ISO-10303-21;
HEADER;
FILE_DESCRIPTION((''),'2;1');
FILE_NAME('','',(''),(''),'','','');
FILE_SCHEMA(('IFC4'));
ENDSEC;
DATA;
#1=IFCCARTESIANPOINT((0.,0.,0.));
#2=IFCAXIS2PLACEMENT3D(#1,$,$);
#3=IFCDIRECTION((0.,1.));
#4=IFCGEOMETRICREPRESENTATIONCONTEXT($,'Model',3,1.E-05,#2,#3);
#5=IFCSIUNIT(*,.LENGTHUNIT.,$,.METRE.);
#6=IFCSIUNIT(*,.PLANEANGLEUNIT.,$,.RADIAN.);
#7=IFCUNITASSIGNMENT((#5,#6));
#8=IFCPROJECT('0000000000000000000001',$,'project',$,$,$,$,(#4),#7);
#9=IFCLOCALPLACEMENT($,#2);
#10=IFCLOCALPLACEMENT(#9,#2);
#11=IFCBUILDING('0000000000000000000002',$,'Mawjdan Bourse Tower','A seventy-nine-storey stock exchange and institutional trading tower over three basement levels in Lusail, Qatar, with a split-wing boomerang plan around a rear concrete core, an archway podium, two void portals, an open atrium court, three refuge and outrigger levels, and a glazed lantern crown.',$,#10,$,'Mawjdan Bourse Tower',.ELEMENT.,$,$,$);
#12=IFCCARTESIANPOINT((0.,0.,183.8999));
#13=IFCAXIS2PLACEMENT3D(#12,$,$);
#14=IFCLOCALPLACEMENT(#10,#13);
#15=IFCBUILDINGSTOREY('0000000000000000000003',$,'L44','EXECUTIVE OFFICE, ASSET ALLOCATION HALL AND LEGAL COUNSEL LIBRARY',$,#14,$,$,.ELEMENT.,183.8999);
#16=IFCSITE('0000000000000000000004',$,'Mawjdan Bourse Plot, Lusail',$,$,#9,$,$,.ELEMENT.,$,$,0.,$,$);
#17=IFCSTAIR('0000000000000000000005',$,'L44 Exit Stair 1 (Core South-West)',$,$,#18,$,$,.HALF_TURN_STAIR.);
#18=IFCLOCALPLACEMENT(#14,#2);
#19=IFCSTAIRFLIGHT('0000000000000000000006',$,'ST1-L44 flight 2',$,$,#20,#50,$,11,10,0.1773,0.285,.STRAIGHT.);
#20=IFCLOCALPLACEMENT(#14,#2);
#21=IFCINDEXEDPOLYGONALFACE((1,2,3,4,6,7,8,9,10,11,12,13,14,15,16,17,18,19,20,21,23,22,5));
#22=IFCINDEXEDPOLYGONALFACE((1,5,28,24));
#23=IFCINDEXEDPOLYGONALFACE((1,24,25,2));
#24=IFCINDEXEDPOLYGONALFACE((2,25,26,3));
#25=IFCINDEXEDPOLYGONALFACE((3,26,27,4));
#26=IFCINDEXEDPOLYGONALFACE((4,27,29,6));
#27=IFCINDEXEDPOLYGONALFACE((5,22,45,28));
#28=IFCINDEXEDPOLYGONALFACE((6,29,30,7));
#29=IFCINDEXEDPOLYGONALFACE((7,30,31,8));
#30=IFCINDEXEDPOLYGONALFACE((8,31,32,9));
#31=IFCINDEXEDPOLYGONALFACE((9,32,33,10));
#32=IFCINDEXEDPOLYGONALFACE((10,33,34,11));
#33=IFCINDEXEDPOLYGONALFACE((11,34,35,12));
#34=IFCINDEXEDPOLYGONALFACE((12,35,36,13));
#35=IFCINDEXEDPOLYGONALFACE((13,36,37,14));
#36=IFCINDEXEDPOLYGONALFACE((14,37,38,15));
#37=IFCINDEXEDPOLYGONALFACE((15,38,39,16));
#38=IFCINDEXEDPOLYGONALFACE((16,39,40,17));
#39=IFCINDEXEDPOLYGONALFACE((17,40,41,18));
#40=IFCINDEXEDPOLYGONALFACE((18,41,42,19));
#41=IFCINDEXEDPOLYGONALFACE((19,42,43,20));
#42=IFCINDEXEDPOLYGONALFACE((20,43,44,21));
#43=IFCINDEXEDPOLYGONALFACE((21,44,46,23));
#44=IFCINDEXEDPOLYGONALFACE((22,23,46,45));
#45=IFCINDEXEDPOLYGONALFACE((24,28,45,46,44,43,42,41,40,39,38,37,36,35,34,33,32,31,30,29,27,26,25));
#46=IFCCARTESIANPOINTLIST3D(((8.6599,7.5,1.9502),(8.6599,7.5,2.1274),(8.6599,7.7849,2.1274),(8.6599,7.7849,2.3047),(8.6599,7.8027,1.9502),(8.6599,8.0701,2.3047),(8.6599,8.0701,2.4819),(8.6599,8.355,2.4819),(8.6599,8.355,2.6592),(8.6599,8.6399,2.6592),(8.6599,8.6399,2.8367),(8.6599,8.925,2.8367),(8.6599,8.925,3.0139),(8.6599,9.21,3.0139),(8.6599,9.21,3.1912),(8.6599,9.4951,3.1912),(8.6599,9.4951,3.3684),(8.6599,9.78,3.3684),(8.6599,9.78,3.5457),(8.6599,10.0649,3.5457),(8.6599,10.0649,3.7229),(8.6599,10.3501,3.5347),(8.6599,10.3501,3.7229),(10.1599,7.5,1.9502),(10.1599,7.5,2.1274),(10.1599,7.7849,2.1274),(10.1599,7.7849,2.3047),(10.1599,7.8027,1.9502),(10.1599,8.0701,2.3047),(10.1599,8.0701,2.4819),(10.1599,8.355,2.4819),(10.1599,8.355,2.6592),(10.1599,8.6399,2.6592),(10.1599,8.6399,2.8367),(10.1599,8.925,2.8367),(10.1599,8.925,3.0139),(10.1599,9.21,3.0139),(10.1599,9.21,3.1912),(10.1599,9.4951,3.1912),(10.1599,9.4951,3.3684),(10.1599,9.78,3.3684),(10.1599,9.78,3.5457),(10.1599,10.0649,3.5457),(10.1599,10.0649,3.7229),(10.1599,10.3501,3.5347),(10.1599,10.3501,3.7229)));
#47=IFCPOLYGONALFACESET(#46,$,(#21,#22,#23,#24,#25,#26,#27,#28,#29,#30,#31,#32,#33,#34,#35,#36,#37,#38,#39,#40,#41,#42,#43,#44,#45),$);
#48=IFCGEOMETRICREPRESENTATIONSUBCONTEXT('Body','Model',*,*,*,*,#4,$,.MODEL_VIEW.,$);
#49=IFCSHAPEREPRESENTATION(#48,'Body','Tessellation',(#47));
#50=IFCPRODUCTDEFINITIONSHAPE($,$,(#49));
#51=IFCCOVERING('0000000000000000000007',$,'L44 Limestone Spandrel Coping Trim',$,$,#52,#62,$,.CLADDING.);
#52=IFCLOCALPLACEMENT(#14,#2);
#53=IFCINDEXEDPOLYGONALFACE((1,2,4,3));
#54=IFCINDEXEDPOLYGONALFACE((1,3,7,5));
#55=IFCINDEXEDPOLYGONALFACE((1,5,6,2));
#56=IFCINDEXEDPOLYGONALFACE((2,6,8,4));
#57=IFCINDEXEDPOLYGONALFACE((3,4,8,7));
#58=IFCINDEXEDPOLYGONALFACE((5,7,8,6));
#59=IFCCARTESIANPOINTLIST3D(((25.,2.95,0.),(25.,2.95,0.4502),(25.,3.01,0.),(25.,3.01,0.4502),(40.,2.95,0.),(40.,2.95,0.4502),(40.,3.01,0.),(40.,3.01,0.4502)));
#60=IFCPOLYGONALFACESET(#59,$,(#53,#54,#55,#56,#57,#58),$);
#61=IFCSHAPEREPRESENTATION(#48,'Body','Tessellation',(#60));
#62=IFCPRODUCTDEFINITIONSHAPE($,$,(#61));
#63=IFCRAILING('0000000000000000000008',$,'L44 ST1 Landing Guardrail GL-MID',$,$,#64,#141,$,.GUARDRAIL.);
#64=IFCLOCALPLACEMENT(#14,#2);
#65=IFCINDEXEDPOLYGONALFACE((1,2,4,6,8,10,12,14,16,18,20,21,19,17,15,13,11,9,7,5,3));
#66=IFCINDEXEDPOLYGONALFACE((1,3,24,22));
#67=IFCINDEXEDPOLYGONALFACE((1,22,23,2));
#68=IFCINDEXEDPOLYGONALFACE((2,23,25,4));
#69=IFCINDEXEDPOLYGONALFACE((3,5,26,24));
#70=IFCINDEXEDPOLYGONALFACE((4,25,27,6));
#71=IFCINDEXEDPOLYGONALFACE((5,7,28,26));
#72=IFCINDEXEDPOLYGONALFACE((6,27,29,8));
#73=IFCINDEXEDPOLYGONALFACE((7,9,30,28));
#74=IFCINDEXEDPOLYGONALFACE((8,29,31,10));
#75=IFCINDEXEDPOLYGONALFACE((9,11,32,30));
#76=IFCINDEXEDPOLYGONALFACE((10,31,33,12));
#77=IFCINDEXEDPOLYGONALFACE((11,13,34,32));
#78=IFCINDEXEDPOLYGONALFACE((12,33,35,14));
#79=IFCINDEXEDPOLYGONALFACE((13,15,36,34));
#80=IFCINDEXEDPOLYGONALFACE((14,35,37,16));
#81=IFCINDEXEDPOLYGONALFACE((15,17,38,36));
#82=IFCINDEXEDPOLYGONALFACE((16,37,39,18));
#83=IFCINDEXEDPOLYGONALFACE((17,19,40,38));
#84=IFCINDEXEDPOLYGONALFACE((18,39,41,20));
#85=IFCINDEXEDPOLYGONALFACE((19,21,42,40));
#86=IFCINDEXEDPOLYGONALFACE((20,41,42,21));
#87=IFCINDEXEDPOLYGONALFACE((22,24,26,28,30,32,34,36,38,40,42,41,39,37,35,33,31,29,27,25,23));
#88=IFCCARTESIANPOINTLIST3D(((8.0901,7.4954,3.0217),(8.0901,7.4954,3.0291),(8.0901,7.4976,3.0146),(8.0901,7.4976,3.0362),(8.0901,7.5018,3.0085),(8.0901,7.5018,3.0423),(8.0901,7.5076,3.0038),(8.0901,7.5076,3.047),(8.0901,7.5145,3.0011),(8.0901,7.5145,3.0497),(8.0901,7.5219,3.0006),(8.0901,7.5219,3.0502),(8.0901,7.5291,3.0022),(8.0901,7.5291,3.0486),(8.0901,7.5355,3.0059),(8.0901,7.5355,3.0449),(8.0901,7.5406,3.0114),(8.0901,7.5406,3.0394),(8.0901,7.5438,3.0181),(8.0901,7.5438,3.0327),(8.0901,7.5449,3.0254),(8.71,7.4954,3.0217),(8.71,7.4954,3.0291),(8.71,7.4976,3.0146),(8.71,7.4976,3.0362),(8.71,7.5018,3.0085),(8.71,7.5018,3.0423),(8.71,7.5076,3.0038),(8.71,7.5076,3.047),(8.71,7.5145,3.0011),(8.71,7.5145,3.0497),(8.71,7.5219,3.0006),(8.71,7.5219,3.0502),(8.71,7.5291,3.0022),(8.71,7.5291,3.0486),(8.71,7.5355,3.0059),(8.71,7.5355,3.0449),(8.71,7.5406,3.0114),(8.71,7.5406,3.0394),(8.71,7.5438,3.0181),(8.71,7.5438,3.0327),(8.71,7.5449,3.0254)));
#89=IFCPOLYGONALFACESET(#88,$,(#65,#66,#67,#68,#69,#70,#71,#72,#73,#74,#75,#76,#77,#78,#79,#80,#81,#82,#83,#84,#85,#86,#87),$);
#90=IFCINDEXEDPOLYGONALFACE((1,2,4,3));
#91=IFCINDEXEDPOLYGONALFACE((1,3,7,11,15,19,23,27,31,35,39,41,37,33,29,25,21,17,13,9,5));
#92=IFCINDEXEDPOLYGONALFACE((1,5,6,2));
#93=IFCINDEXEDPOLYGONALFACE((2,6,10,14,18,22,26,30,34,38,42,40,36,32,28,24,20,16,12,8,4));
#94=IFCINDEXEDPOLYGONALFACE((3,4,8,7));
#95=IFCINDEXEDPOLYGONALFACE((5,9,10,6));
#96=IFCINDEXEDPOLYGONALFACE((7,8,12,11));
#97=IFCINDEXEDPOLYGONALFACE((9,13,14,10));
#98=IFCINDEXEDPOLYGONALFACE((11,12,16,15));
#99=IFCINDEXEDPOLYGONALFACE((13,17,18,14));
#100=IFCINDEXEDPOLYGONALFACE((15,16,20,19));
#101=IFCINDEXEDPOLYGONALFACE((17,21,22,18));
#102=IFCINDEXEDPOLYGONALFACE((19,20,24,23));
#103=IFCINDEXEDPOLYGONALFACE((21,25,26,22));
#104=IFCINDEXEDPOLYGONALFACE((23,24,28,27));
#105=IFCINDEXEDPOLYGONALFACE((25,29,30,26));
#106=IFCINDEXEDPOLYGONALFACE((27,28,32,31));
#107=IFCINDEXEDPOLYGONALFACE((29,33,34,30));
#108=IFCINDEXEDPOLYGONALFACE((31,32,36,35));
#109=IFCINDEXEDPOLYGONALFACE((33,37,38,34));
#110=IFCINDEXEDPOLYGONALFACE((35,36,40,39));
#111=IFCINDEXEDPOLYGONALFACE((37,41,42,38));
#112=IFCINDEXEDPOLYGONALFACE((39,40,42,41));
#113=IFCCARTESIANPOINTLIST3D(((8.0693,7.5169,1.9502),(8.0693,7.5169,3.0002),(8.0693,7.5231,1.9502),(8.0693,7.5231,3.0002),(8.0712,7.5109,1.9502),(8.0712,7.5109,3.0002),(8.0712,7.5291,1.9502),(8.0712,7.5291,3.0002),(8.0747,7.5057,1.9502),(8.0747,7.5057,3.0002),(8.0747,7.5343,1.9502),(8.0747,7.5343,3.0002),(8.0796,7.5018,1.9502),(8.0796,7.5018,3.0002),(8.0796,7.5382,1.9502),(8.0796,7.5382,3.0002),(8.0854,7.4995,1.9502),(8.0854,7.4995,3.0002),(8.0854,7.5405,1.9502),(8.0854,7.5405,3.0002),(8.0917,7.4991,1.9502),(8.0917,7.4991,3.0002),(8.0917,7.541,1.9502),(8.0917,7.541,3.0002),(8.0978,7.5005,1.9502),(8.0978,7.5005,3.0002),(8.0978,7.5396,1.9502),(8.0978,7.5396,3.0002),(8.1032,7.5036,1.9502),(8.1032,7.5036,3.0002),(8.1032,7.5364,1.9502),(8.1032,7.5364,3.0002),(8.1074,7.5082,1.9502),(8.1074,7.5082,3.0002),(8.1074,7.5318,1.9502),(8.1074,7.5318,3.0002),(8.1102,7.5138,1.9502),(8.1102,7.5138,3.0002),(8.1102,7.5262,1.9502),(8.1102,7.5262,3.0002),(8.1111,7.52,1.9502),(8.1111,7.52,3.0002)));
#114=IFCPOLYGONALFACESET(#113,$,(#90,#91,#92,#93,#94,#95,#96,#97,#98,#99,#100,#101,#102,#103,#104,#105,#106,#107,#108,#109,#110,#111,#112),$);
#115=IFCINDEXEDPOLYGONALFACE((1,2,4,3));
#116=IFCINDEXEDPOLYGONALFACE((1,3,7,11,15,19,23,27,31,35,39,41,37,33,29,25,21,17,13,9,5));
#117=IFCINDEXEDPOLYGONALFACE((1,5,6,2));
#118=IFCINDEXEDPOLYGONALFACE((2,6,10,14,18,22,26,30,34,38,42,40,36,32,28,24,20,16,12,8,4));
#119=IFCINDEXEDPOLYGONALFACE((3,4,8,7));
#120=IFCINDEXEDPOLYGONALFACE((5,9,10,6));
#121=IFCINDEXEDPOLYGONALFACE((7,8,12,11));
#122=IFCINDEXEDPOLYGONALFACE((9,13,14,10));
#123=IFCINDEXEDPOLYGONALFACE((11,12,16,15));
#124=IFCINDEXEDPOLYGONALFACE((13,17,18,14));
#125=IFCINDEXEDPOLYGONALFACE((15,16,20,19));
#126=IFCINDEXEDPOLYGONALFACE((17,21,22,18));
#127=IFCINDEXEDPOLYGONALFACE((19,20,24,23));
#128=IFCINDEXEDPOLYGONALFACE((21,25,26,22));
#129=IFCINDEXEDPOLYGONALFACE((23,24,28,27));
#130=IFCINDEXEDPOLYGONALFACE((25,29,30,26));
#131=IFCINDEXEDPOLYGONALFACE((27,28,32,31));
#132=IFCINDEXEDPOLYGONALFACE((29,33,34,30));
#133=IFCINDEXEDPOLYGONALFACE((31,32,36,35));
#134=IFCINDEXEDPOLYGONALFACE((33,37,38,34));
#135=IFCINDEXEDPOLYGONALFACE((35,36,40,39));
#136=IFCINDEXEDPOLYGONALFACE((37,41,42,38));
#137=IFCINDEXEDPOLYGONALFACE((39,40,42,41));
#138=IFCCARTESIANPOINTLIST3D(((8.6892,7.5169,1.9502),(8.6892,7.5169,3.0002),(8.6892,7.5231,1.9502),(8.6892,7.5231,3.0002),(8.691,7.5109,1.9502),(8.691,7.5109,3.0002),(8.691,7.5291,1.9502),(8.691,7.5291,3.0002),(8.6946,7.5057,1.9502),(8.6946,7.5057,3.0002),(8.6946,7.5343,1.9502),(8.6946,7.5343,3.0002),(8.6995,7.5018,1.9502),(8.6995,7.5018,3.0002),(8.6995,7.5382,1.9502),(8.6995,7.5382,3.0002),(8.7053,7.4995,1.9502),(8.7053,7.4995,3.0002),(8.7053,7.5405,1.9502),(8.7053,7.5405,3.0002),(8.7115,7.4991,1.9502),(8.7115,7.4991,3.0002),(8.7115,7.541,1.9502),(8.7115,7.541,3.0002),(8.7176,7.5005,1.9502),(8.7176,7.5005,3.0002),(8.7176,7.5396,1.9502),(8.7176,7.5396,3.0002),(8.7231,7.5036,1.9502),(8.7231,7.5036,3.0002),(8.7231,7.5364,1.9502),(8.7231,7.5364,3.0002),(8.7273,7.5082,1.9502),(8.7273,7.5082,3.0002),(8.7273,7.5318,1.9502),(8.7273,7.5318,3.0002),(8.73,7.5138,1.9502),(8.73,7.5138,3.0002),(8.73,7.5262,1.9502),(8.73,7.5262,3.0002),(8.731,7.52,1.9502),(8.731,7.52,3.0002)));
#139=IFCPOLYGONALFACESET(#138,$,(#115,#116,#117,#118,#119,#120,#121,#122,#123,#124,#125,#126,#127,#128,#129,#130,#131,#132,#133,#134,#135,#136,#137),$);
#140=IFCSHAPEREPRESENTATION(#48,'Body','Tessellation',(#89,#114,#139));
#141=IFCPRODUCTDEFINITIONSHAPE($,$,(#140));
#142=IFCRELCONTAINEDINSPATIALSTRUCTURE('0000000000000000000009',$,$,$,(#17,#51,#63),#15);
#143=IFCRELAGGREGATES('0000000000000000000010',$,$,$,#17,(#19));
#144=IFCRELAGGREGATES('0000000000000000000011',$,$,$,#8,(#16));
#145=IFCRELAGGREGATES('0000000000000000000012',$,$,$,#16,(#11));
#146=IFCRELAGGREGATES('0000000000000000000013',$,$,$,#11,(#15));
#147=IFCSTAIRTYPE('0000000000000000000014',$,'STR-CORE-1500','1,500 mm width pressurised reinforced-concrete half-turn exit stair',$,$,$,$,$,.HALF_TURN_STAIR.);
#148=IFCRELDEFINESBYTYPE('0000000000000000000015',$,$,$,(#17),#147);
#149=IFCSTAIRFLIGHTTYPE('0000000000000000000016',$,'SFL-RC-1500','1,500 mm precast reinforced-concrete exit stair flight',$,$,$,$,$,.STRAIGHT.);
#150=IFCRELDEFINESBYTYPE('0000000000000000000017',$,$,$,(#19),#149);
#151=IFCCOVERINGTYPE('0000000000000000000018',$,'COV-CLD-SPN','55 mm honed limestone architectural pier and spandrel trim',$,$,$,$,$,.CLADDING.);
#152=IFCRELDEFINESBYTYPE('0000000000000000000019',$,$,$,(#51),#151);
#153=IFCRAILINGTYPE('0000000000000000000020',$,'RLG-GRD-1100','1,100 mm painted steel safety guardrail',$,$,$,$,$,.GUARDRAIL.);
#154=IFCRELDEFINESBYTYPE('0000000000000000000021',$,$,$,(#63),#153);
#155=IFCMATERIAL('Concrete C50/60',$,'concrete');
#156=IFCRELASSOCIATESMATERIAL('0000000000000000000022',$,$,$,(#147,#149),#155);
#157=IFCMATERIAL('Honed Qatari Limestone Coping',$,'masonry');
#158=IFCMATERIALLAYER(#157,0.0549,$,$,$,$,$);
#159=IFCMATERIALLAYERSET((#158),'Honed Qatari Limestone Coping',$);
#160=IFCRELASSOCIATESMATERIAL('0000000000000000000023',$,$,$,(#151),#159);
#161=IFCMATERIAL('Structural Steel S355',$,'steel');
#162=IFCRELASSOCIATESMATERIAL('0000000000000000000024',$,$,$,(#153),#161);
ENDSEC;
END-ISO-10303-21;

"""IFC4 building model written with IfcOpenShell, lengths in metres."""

from ifc_helpers import new_model, si_unit, direction, frame, origin, origin_2d, place, context, subcontext, project, spatial, polyline, circle, outline, extrude, material, layer, layer_set, type_object, element, aggregate, save


model = new_model("IFC4")

# Units and contexts
model_context = context("Model", 3, precision=1e-05, world=origin(), true_north=direction((0.0, 1.0)))
body_context = subcontext(model_context, "Body", "Model", "MODEL_VIEW")
ifc_project = project(units=[si_unit("LENGTHUNIT", "METRE"), si_unit("PLANEANGLEUNIT", "RADIAN")], contexts=[model_context])

# Site, building, storey
site_placement = place(None, origin())
site = spatial("IfcSite", under=ifc_project, at=site_placement, Name="Mawjdan Bourse Plot, Lusail", CompositionType="ELEMENT", RefElevation=0.0)
building_placement = place(site_placement, origin())
building = spatial("IfcBuilding", under=site, at=building_placement, Name="Mawjdan Bourse Tower", Description="A seventy-nine-storey stock exchange and institutional trading tower over three basement levels in Lusail, Qatar, with a split-wing boomerang plan around a rear concrete core, an archway podium, two void portals, an open atrium court, three refuge and outrigger levels, and a glazed lantern crown.", LongName="Mawjdan Bourse Tower", CompositionType="ELEMENT")
storey_placement = place(building_placement, frame((0.0, 0.0, 183.8999)))
storey = spatial("IfcBuildingStorey", under=building, at=storey_placement, Name="L44", Description="EXECUTIVE OFFICE, ASSET ALLOCATION HALL AND LEGAL COUNSEL LIBRARY", CompositionType="ELEMENT", Elevation=183.8999)

# Shared definitions
ifc_material_1 = material(Name="Structural Steel S355", Category="steel")

# Stair
ifc_material_2 = material(Name="Concrete C50/60", Category="concrete")
stair_type = type_object("IfcStairType", Name="STR-CORE-1500", Description="1,500 mm width pressurised reinforced-concrete half-turn exit stair", PredefinedType="HALF_TURN_STAIR", material=ifc_material_2)
stair_1_placement = place(storey_placement, origin())
stair_1 = element("IfcStair", 1, at=stair_1_placement, inside=storey, type_object=stair_type, Name="L44 Exit Stair 1 (Core South-West)", PredefinedType="HALF_TURN_STAIR")

# Stair flight
stair_flight_type = type_object("IfcStairFlightType", Name="SFL-RC-1500", Description="1,500 mm precast reinforced-concrete exit stair flight", PredefinedType="STRAIGHT", material=ifc_material_2)
stair_flight_placement = place(storey_placement, frame((9.4099, 7.5, 1.9502), z_axis=(0.0, 0.0, 1.0), x_axis=(0.0, 1.0, 0.0)))
stair_flight = element("IfcStairFlight", 2, at=stair_flight_placement, type_object=stair_flight_type, Name="ST1-L44 flight 2", NumberOfRisers=11, NumberOfTreads=10, PredefinedType="STRAIGHT", RiserHeight=0.1773, TreadLength=0.285, context=body_context, shape_type="SweptSolid", body=[
    extrude(outline(polyline([(0.0, 0.0), (0.0, 0.1772), (0.2849, 0.1772), (0.2849, 0.3545), (0.5701, 0.3545), (0.5701, 0.5317), (0.855, 0.5317), (0.855, 0.709), (1.1399, 0.709), (1.1399, 0.8865), (1.425, 0.8865), (1.425, 1.0637), (1.71, 1.0637), (1.71, 1.241), (1.9951, 1.241), (1.9951, 1.4182), (2.28, 1.4182), (2.28, 1.5955), (2.5649, 1.5955), (2.5649, 1.7727), (2.8501, 1.7727), (2.8501, 1.95), (2.8501, 1.5845), (0.3027, 0.0), (0.0, 0.0)])), frame((0.0, 0.75, 0.0), z_axis=(0.0, -1.0, 0.0), x_axis=(1.0, 0.0, 0.0)), (0.0, 0.0, 1.0), 1.5),
])
aggregate(stair_1, [stair_flight])

# Covering
ifc_material_3 = material(Name="Honed Qatari Limestone Coping", Category="masonry")
ifc_layer_1 = layer(ifc_material_3, 0.0549)
ifc_layer_set_1 = layer_set([ifc_layer_1], Name="Honed Qatari Limestone Coping")
covering_type = type_object("IfcCoveringType", Name="COV-CLD-SPN", Description="55 mm honed limestone architectural pier and spandrel trim", PredefinedType="CLADDING", material=ifc_layer_set_1)
covering_placement = place(storey_placement, origin())
element("IfcCovering", 3, at=covering_placement, inside=storey, type_object=covering_type, Name="L44 Limestone Spandrel Coping Trim", PredefinedType="CLADDING", context=body_context, shape_type="SweptSolid", body=[
    extrude(outline(polyline([(25.0, 2.95), (40.0, 2.95), (40.0, 3.01), (25.0, 3.01), (25.0, 2.95)])), origin(), (0.0, 0.0, 1.0), 0.4502),
])

# Railing
railing_type_1 = type_object("IfcRailingType", Name="RLG-GRD-1100", Description="1,100 mm painted steel safety guardrail", PredefinedType="GUARDRAIL", material=ifc_material_1)
railing_1_placement = place(storey_placement, frame((8.0901, 7.52, 1.9502)))
element("IfcRailing", 4, at=railing_1_placement, inside=storey, type_object=railing_type_1, Name="L44 ST1 Landing Guardrail GL-MID", PredefinedType="GUARDRAIL", context=body_context, shape_type="SweptSolid", body=[
    extrude(circle(Radius=0.0249, at=origin_2d()), frame((0.0, 0.0, 1.0752), z_axis=(1.0, 0.0, 0.0), x_axis=(0.0, 1.0, 0.0)), (0.0, 0.0, 1.0), 0.6199),
    extrude(circle(Radius=0.021, at=origin_2d()), origin(), (0.0, 0.0, 1.0), 1.05),
    extrude(circle(Radius=0.021, at=origin_2d()), frame((0.6199, 0.0, 0.0)), (0.0, 0.0, 1.0), 1.05),
])

save(model, "model.ifc")
